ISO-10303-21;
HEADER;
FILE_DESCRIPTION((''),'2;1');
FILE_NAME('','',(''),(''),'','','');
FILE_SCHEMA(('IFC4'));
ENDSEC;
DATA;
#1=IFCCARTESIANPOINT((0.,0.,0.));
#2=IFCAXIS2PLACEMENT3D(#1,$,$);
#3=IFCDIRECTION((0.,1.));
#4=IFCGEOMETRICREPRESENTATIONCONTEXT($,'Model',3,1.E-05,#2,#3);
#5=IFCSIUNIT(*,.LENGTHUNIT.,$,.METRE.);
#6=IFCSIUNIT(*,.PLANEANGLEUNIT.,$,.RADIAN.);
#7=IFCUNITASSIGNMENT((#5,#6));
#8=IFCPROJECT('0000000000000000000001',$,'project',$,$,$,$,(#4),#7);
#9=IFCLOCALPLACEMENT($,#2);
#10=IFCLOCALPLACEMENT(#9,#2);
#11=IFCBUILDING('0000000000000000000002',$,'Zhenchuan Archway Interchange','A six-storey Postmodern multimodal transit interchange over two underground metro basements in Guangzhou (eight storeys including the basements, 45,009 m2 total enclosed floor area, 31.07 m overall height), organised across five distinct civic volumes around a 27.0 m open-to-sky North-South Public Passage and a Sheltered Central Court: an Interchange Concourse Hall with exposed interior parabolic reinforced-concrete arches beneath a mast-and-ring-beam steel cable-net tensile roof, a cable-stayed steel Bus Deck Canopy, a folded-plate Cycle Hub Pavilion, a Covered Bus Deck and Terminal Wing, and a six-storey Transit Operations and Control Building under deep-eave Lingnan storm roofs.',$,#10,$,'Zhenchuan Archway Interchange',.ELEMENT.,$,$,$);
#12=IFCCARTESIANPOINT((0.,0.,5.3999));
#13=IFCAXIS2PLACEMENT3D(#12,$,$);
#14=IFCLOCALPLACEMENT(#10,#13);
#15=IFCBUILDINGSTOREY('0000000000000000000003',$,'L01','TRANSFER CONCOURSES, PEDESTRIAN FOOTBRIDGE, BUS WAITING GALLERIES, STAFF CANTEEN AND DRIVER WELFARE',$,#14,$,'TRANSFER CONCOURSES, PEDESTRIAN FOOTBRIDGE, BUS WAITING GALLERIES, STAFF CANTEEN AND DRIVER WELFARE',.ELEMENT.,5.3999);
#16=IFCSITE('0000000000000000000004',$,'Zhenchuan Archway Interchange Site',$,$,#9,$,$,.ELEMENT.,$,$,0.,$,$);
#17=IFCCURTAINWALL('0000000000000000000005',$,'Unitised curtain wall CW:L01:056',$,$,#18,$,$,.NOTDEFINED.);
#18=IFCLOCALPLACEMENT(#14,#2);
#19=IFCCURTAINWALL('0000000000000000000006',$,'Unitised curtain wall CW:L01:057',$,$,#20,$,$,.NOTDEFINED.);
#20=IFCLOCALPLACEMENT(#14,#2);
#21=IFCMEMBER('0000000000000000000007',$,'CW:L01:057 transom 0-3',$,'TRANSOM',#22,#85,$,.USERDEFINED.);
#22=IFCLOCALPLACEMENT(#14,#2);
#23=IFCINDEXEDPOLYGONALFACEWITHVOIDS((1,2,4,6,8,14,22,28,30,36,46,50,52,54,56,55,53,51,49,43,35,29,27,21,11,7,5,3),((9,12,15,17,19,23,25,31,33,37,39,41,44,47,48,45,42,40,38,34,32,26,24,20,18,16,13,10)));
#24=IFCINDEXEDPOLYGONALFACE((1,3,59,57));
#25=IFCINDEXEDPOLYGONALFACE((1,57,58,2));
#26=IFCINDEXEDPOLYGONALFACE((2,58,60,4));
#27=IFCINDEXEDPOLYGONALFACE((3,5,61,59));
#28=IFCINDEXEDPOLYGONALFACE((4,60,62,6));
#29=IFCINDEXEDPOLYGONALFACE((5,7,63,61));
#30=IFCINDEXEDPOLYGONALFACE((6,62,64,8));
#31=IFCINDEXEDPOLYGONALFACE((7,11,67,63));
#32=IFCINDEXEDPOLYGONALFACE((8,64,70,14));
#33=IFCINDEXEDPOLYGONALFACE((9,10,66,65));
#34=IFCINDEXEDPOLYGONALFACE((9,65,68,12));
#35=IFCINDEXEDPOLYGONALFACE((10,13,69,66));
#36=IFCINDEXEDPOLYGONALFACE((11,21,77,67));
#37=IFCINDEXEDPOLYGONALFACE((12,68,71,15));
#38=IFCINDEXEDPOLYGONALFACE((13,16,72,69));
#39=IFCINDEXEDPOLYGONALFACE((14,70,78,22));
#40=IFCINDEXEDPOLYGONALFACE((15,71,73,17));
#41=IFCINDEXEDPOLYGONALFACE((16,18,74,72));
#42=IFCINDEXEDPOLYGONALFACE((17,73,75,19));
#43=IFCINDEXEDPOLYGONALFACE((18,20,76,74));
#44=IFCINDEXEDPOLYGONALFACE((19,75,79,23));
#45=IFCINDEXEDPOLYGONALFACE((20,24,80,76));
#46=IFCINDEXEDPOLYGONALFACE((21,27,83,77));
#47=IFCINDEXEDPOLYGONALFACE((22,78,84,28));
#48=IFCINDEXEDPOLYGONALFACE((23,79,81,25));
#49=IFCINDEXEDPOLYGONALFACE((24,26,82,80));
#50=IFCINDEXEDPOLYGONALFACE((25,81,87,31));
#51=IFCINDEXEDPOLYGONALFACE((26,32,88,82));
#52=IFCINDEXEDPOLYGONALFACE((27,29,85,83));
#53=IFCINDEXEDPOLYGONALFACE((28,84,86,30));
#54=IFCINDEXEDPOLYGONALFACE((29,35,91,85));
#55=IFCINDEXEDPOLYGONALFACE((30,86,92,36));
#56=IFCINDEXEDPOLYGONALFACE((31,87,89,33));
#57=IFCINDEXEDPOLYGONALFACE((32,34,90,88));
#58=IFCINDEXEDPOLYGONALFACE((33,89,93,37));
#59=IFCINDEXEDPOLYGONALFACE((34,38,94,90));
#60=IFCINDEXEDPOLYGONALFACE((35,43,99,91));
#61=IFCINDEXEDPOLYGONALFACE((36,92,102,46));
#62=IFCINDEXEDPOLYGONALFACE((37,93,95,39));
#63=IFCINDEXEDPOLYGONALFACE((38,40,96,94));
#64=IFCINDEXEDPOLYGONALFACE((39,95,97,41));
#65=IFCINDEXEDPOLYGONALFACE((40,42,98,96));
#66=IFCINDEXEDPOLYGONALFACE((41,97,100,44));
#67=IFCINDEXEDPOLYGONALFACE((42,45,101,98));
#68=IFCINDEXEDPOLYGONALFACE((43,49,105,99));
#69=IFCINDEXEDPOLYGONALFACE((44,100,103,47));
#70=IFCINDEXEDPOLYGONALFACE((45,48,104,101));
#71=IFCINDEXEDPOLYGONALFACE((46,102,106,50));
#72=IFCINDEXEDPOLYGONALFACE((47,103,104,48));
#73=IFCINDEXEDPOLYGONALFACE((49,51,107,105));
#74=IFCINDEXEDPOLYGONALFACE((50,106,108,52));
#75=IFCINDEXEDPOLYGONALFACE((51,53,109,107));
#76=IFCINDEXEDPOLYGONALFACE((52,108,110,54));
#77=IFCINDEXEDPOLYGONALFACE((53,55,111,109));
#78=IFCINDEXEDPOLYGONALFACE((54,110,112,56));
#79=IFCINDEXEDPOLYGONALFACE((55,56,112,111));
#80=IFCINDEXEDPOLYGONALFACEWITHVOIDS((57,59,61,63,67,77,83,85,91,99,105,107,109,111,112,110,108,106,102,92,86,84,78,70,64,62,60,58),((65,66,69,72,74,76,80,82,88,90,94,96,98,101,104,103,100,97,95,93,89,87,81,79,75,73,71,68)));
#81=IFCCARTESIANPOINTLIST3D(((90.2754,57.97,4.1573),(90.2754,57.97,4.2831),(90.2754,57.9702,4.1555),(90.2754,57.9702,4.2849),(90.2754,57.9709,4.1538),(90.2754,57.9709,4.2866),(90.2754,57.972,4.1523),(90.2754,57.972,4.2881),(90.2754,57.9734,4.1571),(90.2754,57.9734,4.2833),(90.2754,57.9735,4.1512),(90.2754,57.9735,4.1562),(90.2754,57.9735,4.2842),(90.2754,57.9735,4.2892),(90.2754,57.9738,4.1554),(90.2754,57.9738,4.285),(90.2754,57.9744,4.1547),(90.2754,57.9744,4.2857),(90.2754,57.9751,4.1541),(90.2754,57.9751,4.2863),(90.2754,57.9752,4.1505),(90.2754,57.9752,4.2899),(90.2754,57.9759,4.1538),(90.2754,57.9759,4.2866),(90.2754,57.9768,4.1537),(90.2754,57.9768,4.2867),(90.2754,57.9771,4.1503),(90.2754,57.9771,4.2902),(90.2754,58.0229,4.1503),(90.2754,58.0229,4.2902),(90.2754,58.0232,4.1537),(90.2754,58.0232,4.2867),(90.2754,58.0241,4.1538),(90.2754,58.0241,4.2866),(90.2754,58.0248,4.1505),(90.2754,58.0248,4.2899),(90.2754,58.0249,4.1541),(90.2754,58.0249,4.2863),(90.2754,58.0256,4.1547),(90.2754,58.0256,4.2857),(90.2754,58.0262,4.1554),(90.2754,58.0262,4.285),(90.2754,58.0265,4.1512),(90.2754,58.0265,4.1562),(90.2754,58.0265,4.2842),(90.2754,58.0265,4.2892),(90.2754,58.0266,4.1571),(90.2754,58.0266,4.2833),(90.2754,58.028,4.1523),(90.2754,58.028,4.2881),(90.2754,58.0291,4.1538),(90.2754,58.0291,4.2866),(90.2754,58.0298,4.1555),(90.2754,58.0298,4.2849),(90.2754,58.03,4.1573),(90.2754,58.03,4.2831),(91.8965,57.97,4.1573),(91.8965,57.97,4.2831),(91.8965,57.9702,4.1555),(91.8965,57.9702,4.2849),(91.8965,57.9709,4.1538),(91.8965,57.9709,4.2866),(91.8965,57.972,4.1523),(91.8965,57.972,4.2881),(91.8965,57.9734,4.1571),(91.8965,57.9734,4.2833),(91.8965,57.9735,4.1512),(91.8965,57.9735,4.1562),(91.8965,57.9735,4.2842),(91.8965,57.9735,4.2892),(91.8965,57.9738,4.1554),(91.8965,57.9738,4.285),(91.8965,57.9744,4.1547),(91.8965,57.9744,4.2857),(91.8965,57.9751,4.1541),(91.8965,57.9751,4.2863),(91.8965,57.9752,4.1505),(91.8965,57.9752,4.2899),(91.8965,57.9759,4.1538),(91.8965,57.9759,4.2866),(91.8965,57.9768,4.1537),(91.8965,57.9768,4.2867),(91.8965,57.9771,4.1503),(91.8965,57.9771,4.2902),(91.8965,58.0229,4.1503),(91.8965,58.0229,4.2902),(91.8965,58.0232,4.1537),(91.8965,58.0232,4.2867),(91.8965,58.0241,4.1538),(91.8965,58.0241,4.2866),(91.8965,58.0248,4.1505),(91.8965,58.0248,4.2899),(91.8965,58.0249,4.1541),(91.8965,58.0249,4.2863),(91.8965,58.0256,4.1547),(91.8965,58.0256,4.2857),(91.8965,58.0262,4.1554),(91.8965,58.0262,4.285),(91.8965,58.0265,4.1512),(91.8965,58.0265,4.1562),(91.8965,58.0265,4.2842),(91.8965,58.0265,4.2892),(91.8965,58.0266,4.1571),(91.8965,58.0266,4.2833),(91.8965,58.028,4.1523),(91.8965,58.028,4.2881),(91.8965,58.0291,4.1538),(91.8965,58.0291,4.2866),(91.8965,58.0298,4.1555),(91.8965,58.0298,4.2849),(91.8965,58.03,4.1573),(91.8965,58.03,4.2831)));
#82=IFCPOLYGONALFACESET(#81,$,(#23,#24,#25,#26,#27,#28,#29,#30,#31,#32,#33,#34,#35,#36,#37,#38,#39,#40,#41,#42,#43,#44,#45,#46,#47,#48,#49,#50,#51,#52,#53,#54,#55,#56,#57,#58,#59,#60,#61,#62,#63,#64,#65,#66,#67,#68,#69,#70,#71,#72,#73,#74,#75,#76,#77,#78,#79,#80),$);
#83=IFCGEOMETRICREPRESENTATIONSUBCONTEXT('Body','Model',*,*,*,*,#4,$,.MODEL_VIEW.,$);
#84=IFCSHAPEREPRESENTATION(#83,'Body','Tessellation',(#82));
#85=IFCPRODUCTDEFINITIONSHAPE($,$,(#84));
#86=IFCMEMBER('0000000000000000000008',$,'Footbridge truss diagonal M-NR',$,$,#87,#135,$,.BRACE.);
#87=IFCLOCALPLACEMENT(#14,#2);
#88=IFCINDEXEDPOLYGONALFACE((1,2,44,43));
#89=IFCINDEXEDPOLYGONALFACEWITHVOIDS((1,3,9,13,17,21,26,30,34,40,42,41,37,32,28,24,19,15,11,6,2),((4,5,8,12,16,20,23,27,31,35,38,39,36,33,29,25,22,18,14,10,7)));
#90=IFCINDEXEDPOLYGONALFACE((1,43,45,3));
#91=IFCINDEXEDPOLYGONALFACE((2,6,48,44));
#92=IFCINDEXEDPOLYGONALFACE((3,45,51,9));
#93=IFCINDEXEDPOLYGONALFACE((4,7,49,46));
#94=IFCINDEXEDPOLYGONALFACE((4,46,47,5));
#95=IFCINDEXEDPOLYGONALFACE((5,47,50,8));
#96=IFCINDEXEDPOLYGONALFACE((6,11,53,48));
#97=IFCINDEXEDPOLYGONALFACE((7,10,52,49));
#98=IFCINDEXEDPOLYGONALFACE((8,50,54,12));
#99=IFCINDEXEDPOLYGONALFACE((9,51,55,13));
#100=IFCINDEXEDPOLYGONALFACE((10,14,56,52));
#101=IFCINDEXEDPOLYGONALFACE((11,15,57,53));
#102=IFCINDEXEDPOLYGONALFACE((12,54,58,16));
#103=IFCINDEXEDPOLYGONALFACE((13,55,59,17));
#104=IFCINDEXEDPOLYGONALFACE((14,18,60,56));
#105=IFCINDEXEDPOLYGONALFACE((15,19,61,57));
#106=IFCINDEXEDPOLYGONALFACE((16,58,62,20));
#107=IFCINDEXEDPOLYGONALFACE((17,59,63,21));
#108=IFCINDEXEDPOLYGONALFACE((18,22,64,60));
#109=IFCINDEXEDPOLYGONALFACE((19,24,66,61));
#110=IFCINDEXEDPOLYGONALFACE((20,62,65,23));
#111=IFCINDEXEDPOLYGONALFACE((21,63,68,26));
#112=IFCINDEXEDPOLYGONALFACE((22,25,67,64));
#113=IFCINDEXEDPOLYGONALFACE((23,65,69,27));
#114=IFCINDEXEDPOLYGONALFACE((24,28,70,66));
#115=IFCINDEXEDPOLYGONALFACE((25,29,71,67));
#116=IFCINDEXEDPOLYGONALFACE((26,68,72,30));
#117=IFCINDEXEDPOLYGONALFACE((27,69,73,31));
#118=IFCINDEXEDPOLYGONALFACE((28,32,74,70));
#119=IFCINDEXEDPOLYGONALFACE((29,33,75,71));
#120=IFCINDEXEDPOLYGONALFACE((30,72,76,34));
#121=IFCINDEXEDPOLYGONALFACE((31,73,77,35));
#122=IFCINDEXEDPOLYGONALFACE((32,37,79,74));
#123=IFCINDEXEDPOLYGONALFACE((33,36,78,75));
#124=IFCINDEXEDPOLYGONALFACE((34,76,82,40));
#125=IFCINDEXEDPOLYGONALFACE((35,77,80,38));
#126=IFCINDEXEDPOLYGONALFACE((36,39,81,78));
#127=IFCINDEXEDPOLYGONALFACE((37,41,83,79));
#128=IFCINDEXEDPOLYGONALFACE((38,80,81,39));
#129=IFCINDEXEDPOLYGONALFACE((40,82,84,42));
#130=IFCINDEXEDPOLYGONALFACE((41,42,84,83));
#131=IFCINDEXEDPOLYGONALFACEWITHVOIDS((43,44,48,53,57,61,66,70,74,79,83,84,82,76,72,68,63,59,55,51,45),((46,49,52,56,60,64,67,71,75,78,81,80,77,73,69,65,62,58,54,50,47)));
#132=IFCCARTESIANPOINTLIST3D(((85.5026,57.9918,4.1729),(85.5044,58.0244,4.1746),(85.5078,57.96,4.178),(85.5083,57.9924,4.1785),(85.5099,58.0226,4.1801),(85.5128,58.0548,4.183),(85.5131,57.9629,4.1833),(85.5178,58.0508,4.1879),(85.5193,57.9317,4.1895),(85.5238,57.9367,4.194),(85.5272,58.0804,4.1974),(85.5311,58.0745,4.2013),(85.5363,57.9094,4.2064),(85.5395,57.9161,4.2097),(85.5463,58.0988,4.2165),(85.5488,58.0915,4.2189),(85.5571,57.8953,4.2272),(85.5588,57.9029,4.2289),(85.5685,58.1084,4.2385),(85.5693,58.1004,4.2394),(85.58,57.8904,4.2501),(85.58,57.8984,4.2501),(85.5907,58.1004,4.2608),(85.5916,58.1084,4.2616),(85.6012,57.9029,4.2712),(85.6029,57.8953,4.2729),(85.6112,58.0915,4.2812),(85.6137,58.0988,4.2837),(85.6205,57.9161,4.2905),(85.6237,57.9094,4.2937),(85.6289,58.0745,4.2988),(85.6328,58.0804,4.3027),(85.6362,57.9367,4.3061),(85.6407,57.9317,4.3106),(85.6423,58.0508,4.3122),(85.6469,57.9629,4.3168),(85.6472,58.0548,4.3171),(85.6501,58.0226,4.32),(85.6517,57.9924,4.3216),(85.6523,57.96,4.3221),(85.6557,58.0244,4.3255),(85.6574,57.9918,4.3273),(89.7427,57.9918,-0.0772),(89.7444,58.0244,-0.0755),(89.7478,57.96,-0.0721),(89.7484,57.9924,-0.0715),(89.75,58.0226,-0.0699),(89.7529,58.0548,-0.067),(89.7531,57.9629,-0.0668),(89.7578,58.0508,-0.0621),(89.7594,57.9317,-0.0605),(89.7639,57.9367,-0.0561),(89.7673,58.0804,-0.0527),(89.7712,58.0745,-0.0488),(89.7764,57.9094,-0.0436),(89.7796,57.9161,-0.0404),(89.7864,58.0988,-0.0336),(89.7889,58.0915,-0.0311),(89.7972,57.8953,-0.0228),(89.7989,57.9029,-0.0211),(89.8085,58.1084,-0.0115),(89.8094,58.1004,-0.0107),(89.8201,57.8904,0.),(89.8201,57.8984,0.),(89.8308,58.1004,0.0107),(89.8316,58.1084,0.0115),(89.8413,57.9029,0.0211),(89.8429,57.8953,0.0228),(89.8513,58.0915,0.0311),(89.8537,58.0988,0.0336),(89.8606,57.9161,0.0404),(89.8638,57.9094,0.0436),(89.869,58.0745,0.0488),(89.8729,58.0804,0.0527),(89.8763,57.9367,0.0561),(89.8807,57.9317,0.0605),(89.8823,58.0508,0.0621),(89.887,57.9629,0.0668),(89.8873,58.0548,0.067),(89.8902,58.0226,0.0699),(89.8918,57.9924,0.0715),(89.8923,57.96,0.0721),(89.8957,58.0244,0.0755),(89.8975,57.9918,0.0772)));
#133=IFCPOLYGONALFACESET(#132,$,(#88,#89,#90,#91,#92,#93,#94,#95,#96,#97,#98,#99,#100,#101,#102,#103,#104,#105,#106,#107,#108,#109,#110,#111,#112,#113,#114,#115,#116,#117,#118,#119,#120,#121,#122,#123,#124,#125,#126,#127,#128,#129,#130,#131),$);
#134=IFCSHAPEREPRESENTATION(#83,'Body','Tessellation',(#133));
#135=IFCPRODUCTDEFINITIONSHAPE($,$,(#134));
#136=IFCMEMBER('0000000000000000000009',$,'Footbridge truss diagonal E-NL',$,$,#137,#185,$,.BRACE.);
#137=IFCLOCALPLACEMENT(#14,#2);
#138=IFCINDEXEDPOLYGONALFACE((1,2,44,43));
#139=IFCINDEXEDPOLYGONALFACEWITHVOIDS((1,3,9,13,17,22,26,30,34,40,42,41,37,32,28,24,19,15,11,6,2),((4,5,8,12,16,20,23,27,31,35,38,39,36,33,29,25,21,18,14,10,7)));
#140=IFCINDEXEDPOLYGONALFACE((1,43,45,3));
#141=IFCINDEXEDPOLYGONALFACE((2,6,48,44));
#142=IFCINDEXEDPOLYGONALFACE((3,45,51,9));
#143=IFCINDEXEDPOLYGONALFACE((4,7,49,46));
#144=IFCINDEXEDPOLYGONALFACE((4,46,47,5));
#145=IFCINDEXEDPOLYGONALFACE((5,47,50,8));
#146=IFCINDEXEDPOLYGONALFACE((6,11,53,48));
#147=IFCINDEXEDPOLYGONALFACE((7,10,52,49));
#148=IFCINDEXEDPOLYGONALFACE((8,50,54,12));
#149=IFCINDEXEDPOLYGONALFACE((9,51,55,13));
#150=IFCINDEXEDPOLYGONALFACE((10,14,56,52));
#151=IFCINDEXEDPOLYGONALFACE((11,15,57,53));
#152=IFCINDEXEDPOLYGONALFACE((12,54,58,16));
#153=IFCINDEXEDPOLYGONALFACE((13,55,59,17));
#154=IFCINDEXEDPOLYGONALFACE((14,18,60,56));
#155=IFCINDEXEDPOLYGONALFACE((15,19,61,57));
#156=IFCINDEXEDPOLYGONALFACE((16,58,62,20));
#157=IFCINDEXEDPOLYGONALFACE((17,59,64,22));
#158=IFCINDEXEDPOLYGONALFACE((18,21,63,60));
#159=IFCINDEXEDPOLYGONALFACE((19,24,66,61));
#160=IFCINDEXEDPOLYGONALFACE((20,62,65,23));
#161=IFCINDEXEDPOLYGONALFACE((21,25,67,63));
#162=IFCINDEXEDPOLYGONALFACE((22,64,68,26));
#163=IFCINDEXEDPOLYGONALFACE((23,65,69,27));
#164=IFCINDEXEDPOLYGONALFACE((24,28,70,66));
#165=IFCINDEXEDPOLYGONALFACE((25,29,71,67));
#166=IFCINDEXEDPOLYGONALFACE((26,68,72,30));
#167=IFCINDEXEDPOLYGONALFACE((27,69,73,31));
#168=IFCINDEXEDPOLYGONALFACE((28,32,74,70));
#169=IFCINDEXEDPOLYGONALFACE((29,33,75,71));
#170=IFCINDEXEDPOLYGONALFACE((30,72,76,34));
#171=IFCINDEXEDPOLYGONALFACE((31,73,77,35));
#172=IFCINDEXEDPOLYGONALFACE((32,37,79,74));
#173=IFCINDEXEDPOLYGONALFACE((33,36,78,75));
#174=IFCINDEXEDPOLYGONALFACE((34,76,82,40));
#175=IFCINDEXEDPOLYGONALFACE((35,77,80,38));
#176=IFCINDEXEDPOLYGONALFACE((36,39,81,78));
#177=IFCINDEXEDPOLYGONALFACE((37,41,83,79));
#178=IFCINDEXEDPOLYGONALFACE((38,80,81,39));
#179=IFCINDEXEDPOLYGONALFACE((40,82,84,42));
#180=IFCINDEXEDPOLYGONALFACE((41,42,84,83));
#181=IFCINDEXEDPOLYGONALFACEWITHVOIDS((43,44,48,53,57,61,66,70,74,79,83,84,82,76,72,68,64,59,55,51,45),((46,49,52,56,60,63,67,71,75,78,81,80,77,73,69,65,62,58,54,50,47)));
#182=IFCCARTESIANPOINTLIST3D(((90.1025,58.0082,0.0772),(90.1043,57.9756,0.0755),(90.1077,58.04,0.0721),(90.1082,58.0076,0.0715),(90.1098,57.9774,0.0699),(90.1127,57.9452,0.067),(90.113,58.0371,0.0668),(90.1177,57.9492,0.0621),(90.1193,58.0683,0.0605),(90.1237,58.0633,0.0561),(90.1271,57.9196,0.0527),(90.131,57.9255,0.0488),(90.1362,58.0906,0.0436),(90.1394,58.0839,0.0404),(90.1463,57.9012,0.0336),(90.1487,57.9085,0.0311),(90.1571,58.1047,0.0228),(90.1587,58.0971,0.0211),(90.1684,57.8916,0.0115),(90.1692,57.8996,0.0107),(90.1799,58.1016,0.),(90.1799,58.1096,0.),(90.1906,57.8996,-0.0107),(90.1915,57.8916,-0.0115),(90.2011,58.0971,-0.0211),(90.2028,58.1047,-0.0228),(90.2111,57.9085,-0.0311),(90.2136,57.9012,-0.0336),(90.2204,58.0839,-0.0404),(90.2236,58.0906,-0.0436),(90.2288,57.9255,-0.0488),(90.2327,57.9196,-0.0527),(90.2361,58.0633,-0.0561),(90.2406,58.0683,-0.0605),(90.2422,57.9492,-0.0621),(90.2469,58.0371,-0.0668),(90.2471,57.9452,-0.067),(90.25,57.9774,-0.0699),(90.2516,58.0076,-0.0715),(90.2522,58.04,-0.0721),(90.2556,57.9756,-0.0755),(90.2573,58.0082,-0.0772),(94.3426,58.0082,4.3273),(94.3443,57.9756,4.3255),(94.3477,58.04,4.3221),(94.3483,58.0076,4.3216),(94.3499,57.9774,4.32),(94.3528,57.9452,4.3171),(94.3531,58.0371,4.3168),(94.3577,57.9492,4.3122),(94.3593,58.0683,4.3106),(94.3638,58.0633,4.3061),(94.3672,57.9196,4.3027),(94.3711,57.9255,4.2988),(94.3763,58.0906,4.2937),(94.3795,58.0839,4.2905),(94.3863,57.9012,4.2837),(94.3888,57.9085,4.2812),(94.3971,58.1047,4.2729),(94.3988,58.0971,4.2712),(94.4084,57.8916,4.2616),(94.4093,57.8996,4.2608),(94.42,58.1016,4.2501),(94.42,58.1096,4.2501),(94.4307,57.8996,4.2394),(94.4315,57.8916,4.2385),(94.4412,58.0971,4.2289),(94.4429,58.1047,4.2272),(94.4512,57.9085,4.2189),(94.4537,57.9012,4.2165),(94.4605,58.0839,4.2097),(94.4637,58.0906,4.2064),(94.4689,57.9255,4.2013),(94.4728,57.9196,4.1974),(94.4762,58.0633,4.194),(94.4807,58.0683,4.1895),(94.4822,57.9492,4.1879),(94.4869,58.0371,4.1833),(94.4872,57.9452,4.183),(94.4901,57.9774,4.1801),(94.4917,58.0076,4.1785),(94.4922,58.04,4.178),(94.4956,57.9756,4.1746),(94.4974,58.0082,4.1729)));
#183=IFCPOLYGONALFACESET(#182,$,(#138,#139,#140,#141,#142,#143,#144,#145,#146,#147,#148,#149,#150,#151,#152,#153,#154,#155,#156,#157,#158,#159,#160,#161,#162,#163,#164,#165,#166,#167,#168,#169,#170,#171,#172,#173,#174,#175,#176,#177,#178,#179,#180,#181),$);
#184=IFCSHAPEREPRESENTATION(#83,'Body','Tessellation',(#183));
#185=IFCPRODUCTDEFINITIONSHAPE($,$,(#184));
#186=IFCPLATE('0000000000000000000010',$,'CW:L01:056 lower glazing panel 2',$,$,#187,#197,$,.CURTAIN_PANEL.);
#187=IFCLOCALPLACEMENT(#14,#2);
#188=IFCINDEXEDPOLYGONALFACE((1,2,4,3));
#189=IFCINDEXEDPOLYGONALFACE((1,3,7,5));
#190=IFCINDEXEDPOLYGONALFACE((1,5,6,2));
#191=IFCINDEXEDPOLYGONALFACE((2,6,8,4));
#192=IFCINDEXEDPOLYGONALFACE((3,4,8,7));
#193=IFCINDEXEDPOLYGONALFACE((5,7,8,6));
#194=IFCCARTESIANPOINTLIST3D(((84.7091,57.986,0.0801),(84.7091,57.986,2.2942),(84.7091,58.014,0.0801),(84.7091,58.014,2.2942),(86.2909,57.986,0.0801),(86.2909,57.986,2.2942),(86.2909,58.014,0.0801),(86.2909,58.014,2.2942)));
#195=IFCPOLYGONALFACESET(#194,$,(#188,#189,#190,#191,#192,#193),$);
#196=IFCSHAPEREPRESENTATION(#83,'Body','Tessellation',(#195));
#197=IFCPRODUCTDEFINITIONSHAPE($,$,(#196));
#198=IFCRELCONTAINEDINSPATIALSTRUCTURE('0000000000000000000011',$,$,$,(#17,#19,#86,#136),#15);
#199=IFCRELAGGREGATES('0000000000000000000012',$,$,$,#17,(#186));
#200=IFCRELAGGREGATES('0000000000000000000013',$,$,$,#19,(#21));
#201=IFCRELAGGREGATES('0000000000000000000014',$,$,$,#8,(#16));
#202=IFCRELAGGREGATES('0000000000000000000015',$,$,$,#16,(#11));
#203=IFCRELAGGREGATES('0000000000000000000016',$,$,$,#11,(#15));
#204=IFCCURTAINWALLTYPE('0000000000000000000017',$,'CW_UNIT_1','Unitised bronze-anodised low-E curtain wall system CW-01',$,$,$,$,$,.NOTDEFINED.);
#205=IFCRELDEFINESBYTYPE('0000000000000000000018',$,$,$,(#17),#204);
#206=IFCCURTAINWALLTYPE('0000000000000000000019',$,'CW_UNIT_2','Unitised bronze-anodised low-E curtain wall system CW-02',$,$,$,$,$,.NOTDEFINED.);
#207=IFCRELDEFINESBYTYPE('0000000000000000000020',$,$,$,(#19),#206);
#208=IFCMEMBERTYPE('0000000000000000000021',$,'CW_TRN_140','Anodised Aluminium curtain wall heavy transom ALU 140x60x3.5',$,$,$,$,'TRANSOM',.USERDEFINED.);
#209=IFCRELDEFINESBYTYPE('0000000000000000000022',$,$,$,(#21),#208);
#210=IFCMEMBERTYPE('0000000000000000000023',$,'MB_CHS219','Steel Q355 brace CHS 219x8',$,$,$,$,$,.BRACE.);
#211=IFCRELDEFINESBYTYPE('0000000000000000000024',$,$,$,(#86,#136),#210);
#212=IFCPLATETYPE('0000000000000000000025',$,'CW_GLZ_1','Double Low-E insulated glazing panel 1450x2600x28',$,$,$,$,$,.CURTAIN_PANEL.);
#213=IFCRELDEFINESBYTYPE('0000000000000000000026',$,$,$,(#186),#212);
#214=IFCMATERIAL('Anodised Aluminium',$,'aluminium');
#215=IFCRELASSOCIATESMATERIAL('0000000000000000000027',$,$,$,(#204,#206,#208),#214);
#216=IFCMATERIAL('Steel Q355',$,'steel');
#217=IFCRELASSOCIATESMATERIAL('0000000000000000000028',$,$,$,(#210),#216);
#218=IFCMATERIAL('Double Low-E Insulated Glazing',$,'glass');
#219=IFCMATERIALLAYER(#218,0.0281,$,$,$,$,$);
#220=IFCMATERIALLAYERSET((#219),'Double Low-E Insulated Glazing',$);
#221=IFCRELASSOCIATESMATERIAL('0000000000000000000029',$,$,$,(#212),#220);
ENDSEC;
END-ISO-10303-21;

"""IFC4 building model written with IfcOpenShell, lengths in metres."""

from ifc_helpers import new_model, si_unit, direction, frame, origin, origin_2d, place, context, subcontext, project, spatial, rectangle, hollow_rectangle, hollow_circle, extrude, material, layer, layer_set, material_profile, profile_set, type_object, element, aggregate, save


model = new_model("IFC4")

# Units and contexts
model_context = context("Model", 3, precision=1e-05, world=origin(), true_north=direction((0.0, 1.0)))
body_context = subcontext(model_context, "Body", "Model", "MODEL_VIEW")
ifc_project = project(units=[si_unit("LENGTHUNIT", "METRE"), si_unit("PLANEANGLEUNIT", "RADIAN")], contexts=[model_context])

# Site, building, storey
site_placement = place(None, origin())
site = spatial("IfcSite", under=ifc_project, at=site_placement, Name="Zhenchuan Archway Interchange Site", CompositionType="ELEMENT", RefElevation=0.0)
building_placement = place(site_placement, origin())
building = spatial("IfcBuilding", under=site, at=building_placement, Name="Zhenchuan Archway Interchange", Description="A six-storey Postmodern multimodal transit interchange over two underground metro basements in Guangzhou (eight storeys including the basements, 45,009 m2 total enclosed floor area, 31.07 m overall height), organised across five distinct civic volumes around a 27.0 m open-to-sky North-South Public Passage and a Sheltered Central Court: an Interchange Concourse Hall with exposed interior parabolic reinforced-concrete arches beneath a mast-and-ring-beam steel cable-net tensile roof, a cable-stayed steel Bus Deck Canopy, a folded-plate Cycle Hub Pavilion, a Covered Bus Deck and Terminal Wing, and a six-storey Transit Operations and Control Building under deep-eave Lingnan storm roofs.", LongName="Zhenchuan Archway Interchange", CompositionType="ELEMENT")
storey_placement = place(building_placement, frame((0.0, 0.0, 5.3999)))
storey = spatial("IfcBuildingStorey", under=building, at=storey_placement, Name="L01", Description="TRANSFER CONCOURSES, PEDESTRIAN FOOTBRIDGE, BUS WAITING GALLERIES, STAFF CANTEEN AND DRIVER WELFARE", LongName="TRANSFER CONCOURSES, PEDESTRIAN FOOTBRIDGE, BUS WAITING GALLERIES, STAFF CANTEEN AND DRIVER WELFARE", CompositionType="ELEMENT", Elevation=5.3999)

# Curtain walls
ifc_material_1 = material(Name="Anodised Aluminium", Category="aluminium")
curtain_wall_type_1 = type_object("IfcCurtainWallType", Name="CW_UNIT_1", Description="Unitised bronze-anodised low-E curtain wall system CW-01", PredefinedType="NOTDEFINED", material=ifc_material_1)
curtain_wall_1_placement = place(storey_placement, origin())
curtain_wall_1 = element("IfcCurtainWall", 1, at=curtain_wall_1_placement, inside=storey, type_object=curtain_wall_type_1, Name="Unitised curtain wall CW:L01:056", PredefinedType="NOTDEFINED")
curtain_wall_type_2 = type_object("IfcCurtainWallType", Name="CW_UNIT_2", Description="Unitised bronze-anodised low-E curtain wall system CW-02", PredefinedType="NOTDEFINED", material=ifc_material_1)
curtain_wall_2_placement = place(storey_placement, origin())
curtain_wall_2 = element("IfcCurtainWall", 2, at=curtain_wall_2_placement, inside=storey, type_object=curtain_wall_type_2, Name="Unitised curtain wall CW:L01:057", PredefinedType="NOTDEFINED")

# Member
ifc_material_profile_1 = material_profile(ifc_material_1, hollow_rectangle(XDim=0.0601, YDim=0.1399, WallThickness=0.0034, InnerFilletRadius=0.0034, OuterFilletRadius=0.0071, at=origin_2d()), Name="ALU 140x60x3.5")
ifc_profile_set_1 = profile_set([ifc_material_profile_1], Name="Anodised Aluminium")
member_type_1 = type_object("IfcMemberType", Name="CW_TRN_140", Description="Anodised Aluminium curtain wall heavy transom ALU 140x60x3.5", ElementType="TRANSOM", PredefinedType="USERDEFINED", material=ifc_profile_set_1)
member_1_placement = place(storey_placement, frame((90.2754, 58.0, 4.2202), z_axis=(1.0, 0.0, 0.0), x_axis=(0.0, 1.0, 0.0)))
member_1 = element("IfcMember", 3, at=member_1_placement, type_object=member_type_1, Name="CW:L01:057 transom 0-3", ObjectType="TRANSOM", PredefinedType="USERDEFINED", context=body_context, shape_type="SweptSolid", body=[
    extrude(hollow_rectangle(XDim=0.0601, YDim=0.1399, WallThickness=0.0034, InnerFilletRadius=0.0034, OuterFilletRadius=0.0071, at=origin_2d()), origin(), (0.0, 0.0, 1.0), 1.6211),
])

# Members
ifc_material_2 = material(Name="Steel Q355", Category="steel")
ifc_material_profile_2 = material_profile(ifc_material_2, hollow_circle(Radius=0.1096, WallThickness=0.0081, at=origin_2d()), Name="CHS 219x8")
ifc_profile_set_2 = profile_set([ifc_material_profile_2], Name="Steel Q355")
member_type_2 = type_object("IfcMemberType", Name="MB_CHS219", Description="Steel Q355 brace CHS 219x8", PredefinedType="BRACE", material=ifc_profile_set_2)
for number, where, z_axis, x_axis, name in (
    (4, (89.8201, 58.0, 0.0), (-0.706273, 0.0, 0.70794), (0.0, -1.0, 0.0), "Footbridge truss diagonal M-NR"),
    (5, (90.1799, 58.0, 0.0), (0.706273, 0.0, 0.70794), (0.0, 1.0, 0.0), "Footbridge truss diagonal E-NL"),
):
    element("IfcMember", number, at=place(storey_placement, frame(where, z_axis=z_axis, x_axis=x_axis)), inside=storey, type_object=member_type_2, Name=name, PredefinedType="BRACE", context=body_context, shape_type="SweptSolid", body=[
        extrude(hollow_circle(Radius=0.1096, WallThickness=0.0081, at=origin_2d()), origin(), (0.0, 0.0, 1.0), 6.0034),
    ])

# Plate
ifc_material_3 = material(Name="Double Low-E Insulated Glazing", Category="glass")
ifc_layer_1 = layer(ifc_material_3, 0.0281)
ifc_layer_set_1 = layer_set([ifc_layer_1], Name="Double Low-E Insulated Glazing")
plate_type_1 = type_object("IfcPlateType", Name="CW_GLZ_1", Description="Double Low-E insulated glazing panel 1450x2600x28", PredefinedType="CURTAIN_PANEL", material=ifc_layer_set_1)
plate_1_placement = place(storey_placement, frame((85.5, 58.0, 0.0801), z_axis=(0.0, 0.0, 1.0), x_axis=(1.0, 0.0, 0.0)))
plate_1 = element("IfcPlate", 6, at=plate_1_placement, type_object=plate_type_1, Name="CW:L01:056 lower glazing panel 2", PredefinedType="CURTAIN_PANEL", context=body_context, shape_type="SweptSolid", body=[
    extrude(rectangle(XDim=1.5818, YDim=0.0281, at=origin_2d()), origin(), (0.0, 0.0, 1.0), 2.2141),
])
aggregate(curtain_wall_1, [plate_1])
aggregate(curtain_wall_2, [member_1])

save(model, "model.ifc")
